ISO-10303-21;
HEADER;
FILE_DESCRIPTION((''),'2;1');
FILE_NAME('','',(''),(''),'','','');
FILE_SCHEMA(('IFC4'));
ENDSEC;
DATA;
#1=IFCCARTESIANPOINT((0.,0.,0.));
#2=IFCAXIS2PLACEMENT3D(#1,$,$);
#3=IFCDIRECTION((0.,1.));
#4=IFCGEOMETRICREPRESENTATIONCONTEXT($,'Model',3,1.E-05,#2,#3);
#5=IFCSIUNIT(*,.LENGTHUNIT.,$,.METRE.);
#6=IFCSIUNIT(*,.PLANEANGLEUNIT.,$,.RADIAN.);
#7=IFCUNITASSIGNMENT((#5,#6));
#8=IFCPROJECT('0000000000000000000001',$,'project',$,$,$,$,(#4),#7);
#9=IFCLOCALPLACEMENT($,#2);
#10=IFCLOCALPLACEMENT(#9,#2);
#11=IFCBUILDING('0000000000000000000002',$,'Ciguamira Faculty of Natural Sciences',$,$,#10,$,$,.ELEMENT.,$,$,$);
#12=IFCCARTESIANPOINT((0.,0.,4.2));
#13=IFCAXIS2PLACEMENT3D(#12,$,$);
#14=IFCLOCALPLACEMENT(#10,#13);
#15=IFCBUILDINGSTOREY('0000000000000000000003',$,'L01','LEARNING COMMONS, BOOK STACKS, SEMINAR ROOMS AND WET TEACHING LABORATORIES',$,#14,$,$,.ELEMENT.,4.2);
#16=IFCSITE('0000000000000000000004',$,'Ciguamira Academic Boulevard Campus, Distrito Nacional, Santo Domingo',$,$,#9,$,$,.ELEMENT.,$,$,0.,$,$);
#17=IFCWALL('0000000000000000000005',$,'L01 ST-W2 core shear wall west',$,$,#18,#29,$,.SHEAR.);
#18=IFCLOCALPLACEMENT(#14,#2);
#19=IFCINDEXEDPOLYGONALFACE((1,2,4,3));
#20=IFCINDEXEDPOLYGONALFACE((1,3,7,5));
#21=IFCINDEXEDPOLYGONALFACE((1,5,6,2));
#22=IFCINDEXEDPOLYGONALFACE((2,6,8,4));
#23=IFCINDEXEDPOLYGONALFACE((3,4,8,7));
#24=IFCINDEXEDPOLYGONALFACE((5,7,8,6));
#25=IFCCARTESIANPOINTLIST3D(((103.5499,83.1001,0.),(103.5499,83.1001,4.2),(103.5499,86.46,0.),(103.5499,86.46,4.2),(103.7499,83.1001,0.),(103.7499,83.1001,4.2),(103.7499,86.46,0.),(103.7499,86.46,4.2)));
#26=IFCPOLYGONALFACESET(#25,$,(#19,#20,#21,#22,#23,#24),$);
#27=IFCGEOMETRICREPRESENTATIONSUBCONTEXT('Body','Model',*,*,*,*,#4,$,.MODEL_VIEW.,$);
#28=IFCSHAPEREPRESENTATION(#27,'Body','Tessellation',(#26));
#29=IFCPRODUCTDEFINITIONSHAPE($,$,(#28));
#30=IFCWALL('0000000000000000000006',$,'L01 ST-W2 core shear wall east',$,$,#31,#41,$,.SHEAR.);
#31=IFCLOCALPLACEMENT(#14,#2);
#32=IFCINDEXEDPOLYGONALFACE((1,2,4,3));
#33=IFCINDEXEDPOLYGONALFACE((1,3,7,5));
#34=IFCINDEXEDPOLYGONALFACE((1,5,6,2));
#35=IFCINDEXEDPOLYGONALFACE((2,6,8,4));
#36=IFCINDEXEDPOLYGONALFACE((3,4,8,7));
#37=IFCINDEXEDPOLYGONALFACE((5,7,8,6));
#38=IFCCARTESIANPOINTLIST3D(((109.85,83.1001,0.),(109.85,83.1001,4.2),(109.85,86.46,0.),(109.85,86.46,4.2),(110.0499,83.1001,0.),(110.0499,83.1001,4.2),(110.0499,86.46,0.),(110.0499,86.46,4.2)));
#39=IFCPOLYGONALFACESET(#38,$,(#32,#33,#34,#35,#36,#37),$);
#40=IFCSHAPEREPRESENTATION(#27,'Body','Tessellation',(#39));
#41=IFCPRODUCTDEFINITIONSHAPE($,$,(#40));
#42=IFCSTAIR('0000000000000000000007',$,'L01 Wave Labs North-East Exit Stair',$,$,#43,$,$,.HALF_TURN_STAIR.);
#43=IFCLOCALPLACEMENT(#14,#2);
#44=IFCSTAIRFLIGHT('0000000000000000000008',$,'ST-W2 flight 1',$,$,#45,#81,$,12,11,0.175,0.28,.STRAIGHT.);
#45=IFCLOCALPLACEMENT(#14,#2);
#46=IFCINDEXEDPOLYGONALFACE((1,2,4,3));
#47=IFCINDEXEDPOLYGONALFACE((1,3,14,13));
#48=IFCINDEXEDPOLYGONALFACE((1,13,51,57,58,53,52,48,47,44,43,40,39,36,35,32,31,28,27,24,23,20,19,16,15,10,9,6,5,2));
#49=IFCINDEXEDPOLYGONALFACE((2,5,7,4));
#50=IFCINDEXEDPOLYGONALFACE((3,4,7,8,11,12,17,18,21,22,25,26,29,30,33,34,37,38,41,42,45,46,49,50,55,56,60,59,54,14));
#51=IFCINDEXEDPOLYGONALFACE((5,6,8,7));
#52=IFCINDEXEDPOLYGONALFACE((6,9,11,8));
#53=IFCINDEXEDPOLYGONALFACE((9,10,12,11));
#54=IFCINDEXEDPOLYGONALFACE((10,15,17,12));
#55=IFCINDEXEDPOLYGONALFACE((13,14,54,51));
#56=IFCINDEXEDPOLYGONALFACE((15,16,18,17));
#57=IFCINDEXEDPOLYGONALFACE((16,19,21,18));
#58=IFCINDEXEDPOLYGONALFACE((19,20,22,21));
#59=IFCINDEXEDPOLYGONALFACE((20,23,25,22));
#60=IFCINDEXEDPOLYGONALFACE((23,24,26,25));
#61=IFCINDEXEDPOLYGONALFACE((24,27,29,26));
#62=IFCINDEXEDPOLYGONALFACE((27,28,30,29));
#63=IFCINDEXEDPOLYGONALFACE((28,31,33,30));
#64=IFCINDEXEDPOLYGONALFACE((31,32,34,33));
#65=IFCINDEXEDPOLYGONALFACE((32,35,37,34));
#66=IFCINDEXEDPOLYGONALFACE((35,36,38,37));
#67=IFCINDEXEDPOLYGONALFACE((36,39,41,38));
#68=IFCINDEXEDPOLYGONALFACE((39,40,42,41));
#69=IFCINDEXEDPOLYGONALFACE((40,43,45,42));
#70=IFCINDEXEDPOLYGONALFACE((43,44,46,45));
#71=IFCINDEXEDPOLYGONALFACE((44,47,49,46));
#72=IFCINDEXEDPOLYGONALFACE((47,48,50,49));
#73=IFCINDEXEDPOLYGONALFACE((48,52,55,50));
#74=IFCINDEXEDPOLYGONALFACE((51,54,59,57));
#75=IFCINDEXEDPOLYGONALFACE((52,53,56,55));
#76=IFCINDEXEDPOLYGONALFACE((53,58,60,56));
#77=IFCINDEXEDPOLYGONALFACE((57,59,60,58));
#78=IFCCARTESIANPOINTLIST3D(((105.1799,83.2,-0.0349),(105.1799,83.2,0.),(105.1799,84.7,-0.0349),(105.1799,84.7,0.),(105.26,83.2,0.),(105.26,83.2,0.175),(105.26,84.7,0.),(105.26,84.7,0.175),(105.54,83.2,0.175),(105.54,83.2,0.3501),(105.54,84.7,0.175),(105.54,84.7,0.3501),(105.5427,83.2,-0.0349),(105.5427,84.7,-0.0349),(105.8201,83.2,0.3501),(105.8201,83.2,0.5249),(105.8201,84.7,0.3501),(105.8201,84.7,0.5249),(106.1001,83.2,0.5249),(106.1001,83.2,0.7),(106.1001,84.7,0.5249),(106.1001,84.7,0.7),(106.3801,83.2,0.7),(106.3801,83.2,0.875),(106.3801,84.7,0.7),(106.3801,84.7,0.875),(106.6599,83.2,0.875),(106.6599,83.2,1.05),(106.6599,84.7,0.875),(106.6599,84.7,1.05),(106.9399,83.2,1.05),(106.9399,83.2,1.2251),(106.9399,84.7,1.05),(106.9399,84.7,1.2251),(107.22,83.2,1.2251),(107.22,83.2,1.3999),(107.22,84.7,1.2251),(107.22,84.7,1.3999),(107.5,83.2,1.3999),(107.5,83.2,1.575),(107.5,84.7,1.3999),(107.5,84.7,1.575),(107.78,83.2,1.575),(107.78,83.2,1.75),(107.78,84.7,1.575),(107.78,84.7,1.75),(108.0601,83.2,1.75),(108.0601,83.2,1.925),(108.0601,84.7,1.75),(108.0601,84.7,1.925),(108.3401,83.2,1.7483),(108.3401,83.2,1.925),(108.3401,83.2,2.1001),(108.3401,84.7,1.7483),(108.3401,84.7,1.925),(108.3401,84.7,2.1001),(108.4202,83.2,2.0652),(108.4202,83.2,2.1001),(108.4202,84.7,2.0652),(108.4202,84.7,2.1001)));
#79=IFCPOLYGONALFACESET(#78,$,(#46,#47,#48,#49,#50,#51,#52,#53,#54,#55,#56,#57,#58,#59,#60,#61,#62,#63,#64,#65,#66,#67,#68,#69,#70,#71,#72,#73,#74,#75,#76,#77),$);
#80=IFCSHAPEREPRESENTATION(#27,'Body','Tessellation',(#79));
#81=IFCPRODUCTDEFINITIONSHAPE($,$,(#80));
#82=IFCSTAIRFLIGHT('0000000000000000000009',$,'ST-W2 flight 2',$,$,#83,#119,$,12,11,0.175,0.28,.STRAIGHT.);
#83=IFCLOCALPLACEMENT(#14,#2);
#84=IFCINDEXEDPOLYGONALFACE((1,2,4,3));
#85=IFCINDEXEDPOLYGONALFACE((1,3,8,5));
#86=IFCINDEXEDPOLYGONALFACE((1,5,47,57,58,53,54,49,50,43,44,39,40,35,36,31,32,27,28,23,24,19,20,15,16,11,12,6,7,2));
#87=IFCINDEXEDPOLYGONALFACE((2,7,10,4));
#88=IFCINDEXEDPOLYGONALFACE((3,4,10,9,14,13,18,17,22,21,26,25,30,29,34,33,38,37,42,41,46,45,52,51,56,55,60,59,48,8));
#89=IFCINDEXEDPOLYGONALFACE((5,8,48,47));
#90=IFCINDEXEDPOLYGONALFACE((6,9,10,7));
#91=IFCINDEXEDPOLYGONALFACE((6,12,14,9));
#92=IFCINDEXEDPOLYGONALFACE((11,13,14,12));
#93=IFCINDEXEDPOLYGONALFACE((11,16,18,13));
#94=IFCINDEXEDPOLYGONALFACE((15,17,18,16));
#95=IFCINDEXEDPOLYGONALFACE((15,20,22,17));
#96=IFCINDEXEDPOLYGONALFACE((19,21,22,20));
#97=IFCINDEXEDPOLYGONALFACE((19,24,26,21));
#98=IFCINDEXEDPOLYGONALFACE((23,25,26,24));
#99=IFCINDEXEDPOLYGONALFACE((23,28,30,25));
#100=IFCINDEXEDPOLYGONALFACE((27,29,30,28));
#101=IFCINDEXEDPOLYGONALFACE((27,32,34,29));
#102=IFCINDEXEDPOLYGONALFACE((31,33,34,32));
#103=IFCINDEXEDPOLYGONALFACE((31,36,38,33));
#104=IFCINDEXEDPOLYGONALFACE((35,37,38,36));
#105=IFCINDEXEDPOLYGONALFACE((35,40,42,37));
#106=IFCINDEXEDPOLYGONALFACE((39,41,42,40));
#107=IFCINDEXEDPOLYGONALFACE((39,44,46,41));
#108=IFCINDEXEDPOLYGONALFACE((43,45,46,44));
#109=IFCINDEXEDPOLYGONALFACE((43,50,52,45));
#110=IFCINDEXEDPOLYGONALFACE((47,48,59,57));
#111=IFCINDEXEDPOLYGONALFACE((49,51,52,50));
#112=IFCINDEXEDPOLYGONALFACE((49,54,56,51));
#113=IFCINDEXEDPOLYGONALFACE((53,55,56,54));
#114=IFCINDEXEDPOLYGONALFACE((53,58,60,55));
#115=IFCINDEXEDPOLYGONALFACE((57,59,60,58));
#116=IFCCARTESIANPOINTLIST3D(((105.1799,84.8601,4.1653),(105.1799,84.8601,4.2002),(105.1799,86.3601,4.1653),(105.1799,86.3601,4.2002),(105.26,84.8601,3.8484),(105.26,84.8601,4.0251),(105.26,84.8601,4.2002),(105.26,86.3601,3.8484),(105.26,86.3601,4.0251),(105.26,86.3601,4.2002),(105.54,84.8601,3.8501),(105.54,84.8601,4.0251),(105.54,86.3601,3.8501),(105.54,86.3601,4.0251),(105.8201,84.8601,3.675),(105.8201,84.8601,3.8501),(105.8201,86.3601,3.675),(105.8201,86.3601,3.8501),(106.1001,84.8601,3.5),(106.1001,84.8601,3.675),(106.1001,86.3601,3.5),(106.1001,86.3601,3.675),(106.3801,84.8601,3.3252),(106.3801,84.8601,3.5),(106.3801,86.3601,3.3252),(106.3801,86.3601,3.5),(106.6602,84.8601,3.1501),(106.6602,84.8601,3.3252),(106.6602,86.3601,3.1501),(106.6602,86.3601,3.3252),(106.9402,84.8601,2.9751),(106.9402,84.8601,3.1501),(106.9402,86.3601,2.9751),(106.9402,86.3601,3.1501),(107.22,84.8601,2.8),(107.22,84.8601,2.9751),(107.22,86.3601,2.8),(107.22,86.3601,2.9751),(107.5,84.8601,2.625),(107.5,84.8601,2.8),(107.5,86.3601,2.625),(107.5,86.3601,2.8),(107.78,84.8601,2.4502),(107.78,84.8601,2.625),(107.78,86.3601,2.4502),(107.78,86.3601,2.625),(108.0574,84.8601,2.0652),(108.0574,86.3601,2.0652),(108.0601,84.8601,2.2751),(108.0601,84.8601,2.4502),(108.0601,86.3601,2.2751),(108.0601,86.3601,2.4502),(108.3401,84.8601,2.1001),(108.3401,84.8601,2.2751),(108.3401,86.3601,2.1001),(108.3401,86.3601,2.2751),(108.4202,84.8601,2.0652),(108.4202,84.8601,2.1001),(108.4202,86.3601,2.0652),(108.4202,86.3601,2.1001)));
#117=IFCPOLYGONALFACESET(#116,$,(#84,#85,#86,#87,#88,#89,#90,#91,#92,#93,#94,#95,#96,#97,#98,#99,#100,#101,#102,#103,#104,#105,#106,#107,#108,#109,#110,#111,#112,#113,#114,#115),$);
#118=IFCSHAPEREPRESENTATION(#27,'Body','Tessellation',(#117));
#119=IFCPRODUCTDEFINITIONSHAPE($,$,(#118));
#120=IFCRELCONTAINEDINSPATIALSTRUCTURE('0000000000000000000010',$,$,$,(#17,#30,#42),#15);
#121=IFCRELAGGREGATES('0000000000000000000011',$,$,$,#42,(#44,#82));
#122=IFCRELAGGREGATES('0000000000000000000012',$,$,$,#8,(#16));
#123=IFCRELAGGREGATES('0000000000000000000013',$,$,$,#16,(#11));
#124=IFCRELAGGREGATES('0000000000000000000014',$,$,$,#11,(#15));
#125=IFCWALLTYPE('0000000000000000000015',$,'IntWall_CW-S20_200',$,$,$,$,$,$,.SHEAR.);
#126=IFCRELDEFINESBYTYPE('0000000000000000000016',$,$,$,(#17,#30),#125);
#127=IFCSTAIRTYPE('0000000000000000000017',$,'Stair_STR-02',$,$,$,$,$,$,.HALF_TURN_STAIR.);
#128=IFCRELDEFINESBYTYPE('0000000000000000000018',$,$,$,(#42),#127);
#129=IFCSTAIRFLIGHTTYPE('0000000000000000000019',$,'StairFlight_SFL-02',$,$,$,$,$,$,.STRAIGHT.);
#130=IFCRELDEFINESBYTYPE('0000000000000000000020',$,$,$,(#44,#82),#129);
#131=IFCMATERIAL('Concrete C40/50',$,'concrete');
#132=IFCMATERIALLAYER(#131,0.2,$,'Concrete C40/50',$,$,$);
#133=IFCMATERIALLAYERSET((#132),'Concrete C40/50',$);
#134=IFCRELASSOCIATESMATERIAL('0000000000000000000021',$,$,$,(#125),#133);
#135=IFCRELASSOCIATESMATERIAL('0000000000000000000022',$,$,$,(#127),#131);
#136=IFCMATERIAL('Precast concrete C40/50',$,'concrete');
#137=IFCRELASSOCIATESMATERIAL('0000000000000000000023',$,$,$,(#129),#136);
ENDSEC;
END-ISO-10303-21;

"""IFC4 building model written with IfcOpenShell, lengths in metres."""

from ifc_helpers import new_model, si_unit, direction, frame, frame_2d, origin, place, context, subcontext, project, spatial, polyline, rectangle, outline, extrude, material, layer, layer_set, type_object, element, aggregate, save


model = new_model("IFC4")

# Units and contexts
model_context = context("Model", 3, precision=1e-05, world=origin(), true_north=direction((0.0, 1.0)))
body_context = subcontext(model_context, "Body", "Model", "MODEL_VIEW")
ifc_project = project(units=[si_unit("LENGTHUNIT", "METRE"), si_unit("PLANEANGLEUNIT", "RADIAN")], contexts=[model_context])

# Site, building, storey
site_placement = place(None, origin())
site = spatial("IfcSite", under=ifc_project, at=site_placement, Name="Ciguamira Academic Boulevard Campus, Distrito Nacional, Santo Domingo", CompositionType="ELEMENT", RefElevation=0.0)
building_placement = place(site_placement, origin())
building = spatial("IfcBuilding", under=site, at=building_placement, Name="Ciguamira Faculty of Natural Sciences", CompositionType="ELEMENT")
storey_placement = place(building_placement, frame((0.0, 0.0, 4.2)))
storey = spatial("IfcBuildingStorey", under=building, at=storey_placement, Name="L01", Description="LEARNING COMMONS, BOOK STACKS, SEMINAR ROOMS AND WET TEACHING LABORATORIES", CompositionType="ELEMENT", Elevation=4.2)

# Shared definitions
ifc_material_1 = material(Name="Concrete C40/50", Category="concrete")

# Shared definitions
ifc_layer = layer(ifc_material_1, 0.2, Name="Concrete C40/50")
ifc_layer_set = layer_set([ifc_layer], Name="Concrete C40/50")
wall_type = type_object("IfcWallType", Name="IntWall_CW-S20_200", PredefinedType="SHEAR", material=ifc_layer_set)

# Walls
for number, where, z_axis, x_axis, name in (
    (1, (103.6499, 83.1001, 0.0), (0.0, 0.0, 1.0), (0.0, 1.0, 0.0), "L01 ST-W2 core shear wall west"),
    (2, (109.95, 83.1001, 0.0), (0.0, 0.0, 1.0), (0.0, 1.0, 0.0), "L01 ST-W2 core shear wall east"),
):
    element("IfcWall", number, at=place(storey_placement, frame(where, z_axis=z_axis, x_axis=x_axis)), inside=storey, type_object=wall_type, Name=name, PredefinedType="SHEAR", context=body_context, shape_type="SweptSolid", body=[
        extrude(rectangle(XDim=3.3599, YDim=0.2, at=frame_2d((1.6799, 0.0))), origin(), (0.0, 0.0, 1.0), 4.2),
    ])

# Stair, stair flights
stair_type = type_object("IfcStairType", Name="Stair_STR-02", PredefinedType="HALF_TURN_STAIR", material=ifc_material_1)
stair_placement = place(storey_placement, origin())
stair = element("IfcStair", 3, at=stair_placement, inside=storey, type_object=stair_type, Name="L01 Wave Labs North-East Exit Stair", PredefinedType="HALF_TURN_STAIR")
ifc_material_2 = material(Name="Precast concrete C40/50", Category="concrete")
stair_flight_type = type_object("IfcStairFlightType", Name="StairFlight_SFL-02", PredefinedType="STRAIGHT", material=ifc_material_2)
stair_flight_1_placement = place(storey_placement, frame((105.26, 83.95, 0.0), z_axis=(0.0, 0.0, 1.0), x_axis=(1.0, 0.0, 0.0)))
stair_flight_1 = element("IfcStairFlight", 4, at=stair_flight_1_placement, type_object=stair_flight_type, Name="ST-W2 flight 1", NumberOfRisers=12, NumberOfTreads=11, PredefinedType="STRAIGHT", RiserHeight=0.175, TreadLength=0.28, context=body_context, shape_type="SweptSolid", body=[
    extrude(outline(polyline([(-0.0801, -0.0349), (-0.0801, 0.0), (0.0, 0.0), (0.0, 0.175), (0.28, 0.175), (0.28, 0.3501), (0.5601, 0.3501), (0.5601, 0.5249), (0.8401, 0.5249), (0.8401, 0.7), (1.1201, 0.7), (1.1201, 0.875), (1.3999, 0.875), (1.3999, 1.05), (1.6799, 1.05), (1.6799, 1.2251), (1.96, 1.2251), (1.96, 1.3999), (2.24, 1.3999), (2.24, 1.575), (2.52, 1.575), (2.52, 1.75), (2.8, 1.75), (2.8, 1.925), (3.0801, 1.925), (3.0801, 2.1001), (3.1602, 2.1001), (3.1602, 2.0652), (3.0801, 1.7483), (0.2827, -0.0349), (-0.0801, -0.0349)])), frame((0.0, 0.75, 0.0), z_axis=(0.0, -1.0, 0.0), x_axis=(1.0, 0.0, 0.0)), (0.0, 0.0, 1.0), 1.5),
])
stair_flight_2_placement = place(storey_placement, frame((108.3401, 85.6101, 2.1001), z_axis=(0.0, 0.0, 1.0), x_axis=(-1.0, 0.0, 0.0)))
stair_flight_2 = element("IfcStairFlight", 5, at=stair_flight_2_placement, type_object=stair_flight_type, Name="ST-W2 flight 2", NumberOfRisers=12, NumberOfTreads=11, PredefinedType="STRAIGHT", RiserHeight=0.175, TreadLength=0.28, context=body_context, shape_type="SweptSolid", body=[
    extrude(outline(polyline([(-0.0801, -0.0349), (-0.0801, 0.0), (0.0, 0.0), (0.0, 0.175), (0.28, 0.175), (0.28, 0.3501), (0.5601, 0.3501), (0.5601, 0.5249), (0.8401, 0.5249), (0.8401, 0.7), (1.1201, 0.7), (1.1201, 0.875), (1.3999, 0.875), (1.3999, 1.05), (1.6799, 1.05), (1.6799, 1.2251), (1.96, 1.2251), (1.96, 1.3999), (2.24, 1.3999), (2.24, 1.575), (2.52, 1.575), (2.52, 1.75), (2.8, 1.75), (2.8, 1.925), (3.0801, 1.925), (3.0801, 2.1001), (3.1602, 2.1001), (3.1602, 2.0652), (3.0801, 1.7483), (0.2827, -0.0349), (-0.0801, -0.0349)])), frame((0.0, 0.75, 0.0), z_axis=(0.0, -1.0, 0.0), x_axis=(1.0, 0.0, 0.0)), (0.0, 0.0, 1.0), 1.5),
])
aggregate(stair, [stair_flight_1, stair_flight_2])

save(model, "model.ifc")
